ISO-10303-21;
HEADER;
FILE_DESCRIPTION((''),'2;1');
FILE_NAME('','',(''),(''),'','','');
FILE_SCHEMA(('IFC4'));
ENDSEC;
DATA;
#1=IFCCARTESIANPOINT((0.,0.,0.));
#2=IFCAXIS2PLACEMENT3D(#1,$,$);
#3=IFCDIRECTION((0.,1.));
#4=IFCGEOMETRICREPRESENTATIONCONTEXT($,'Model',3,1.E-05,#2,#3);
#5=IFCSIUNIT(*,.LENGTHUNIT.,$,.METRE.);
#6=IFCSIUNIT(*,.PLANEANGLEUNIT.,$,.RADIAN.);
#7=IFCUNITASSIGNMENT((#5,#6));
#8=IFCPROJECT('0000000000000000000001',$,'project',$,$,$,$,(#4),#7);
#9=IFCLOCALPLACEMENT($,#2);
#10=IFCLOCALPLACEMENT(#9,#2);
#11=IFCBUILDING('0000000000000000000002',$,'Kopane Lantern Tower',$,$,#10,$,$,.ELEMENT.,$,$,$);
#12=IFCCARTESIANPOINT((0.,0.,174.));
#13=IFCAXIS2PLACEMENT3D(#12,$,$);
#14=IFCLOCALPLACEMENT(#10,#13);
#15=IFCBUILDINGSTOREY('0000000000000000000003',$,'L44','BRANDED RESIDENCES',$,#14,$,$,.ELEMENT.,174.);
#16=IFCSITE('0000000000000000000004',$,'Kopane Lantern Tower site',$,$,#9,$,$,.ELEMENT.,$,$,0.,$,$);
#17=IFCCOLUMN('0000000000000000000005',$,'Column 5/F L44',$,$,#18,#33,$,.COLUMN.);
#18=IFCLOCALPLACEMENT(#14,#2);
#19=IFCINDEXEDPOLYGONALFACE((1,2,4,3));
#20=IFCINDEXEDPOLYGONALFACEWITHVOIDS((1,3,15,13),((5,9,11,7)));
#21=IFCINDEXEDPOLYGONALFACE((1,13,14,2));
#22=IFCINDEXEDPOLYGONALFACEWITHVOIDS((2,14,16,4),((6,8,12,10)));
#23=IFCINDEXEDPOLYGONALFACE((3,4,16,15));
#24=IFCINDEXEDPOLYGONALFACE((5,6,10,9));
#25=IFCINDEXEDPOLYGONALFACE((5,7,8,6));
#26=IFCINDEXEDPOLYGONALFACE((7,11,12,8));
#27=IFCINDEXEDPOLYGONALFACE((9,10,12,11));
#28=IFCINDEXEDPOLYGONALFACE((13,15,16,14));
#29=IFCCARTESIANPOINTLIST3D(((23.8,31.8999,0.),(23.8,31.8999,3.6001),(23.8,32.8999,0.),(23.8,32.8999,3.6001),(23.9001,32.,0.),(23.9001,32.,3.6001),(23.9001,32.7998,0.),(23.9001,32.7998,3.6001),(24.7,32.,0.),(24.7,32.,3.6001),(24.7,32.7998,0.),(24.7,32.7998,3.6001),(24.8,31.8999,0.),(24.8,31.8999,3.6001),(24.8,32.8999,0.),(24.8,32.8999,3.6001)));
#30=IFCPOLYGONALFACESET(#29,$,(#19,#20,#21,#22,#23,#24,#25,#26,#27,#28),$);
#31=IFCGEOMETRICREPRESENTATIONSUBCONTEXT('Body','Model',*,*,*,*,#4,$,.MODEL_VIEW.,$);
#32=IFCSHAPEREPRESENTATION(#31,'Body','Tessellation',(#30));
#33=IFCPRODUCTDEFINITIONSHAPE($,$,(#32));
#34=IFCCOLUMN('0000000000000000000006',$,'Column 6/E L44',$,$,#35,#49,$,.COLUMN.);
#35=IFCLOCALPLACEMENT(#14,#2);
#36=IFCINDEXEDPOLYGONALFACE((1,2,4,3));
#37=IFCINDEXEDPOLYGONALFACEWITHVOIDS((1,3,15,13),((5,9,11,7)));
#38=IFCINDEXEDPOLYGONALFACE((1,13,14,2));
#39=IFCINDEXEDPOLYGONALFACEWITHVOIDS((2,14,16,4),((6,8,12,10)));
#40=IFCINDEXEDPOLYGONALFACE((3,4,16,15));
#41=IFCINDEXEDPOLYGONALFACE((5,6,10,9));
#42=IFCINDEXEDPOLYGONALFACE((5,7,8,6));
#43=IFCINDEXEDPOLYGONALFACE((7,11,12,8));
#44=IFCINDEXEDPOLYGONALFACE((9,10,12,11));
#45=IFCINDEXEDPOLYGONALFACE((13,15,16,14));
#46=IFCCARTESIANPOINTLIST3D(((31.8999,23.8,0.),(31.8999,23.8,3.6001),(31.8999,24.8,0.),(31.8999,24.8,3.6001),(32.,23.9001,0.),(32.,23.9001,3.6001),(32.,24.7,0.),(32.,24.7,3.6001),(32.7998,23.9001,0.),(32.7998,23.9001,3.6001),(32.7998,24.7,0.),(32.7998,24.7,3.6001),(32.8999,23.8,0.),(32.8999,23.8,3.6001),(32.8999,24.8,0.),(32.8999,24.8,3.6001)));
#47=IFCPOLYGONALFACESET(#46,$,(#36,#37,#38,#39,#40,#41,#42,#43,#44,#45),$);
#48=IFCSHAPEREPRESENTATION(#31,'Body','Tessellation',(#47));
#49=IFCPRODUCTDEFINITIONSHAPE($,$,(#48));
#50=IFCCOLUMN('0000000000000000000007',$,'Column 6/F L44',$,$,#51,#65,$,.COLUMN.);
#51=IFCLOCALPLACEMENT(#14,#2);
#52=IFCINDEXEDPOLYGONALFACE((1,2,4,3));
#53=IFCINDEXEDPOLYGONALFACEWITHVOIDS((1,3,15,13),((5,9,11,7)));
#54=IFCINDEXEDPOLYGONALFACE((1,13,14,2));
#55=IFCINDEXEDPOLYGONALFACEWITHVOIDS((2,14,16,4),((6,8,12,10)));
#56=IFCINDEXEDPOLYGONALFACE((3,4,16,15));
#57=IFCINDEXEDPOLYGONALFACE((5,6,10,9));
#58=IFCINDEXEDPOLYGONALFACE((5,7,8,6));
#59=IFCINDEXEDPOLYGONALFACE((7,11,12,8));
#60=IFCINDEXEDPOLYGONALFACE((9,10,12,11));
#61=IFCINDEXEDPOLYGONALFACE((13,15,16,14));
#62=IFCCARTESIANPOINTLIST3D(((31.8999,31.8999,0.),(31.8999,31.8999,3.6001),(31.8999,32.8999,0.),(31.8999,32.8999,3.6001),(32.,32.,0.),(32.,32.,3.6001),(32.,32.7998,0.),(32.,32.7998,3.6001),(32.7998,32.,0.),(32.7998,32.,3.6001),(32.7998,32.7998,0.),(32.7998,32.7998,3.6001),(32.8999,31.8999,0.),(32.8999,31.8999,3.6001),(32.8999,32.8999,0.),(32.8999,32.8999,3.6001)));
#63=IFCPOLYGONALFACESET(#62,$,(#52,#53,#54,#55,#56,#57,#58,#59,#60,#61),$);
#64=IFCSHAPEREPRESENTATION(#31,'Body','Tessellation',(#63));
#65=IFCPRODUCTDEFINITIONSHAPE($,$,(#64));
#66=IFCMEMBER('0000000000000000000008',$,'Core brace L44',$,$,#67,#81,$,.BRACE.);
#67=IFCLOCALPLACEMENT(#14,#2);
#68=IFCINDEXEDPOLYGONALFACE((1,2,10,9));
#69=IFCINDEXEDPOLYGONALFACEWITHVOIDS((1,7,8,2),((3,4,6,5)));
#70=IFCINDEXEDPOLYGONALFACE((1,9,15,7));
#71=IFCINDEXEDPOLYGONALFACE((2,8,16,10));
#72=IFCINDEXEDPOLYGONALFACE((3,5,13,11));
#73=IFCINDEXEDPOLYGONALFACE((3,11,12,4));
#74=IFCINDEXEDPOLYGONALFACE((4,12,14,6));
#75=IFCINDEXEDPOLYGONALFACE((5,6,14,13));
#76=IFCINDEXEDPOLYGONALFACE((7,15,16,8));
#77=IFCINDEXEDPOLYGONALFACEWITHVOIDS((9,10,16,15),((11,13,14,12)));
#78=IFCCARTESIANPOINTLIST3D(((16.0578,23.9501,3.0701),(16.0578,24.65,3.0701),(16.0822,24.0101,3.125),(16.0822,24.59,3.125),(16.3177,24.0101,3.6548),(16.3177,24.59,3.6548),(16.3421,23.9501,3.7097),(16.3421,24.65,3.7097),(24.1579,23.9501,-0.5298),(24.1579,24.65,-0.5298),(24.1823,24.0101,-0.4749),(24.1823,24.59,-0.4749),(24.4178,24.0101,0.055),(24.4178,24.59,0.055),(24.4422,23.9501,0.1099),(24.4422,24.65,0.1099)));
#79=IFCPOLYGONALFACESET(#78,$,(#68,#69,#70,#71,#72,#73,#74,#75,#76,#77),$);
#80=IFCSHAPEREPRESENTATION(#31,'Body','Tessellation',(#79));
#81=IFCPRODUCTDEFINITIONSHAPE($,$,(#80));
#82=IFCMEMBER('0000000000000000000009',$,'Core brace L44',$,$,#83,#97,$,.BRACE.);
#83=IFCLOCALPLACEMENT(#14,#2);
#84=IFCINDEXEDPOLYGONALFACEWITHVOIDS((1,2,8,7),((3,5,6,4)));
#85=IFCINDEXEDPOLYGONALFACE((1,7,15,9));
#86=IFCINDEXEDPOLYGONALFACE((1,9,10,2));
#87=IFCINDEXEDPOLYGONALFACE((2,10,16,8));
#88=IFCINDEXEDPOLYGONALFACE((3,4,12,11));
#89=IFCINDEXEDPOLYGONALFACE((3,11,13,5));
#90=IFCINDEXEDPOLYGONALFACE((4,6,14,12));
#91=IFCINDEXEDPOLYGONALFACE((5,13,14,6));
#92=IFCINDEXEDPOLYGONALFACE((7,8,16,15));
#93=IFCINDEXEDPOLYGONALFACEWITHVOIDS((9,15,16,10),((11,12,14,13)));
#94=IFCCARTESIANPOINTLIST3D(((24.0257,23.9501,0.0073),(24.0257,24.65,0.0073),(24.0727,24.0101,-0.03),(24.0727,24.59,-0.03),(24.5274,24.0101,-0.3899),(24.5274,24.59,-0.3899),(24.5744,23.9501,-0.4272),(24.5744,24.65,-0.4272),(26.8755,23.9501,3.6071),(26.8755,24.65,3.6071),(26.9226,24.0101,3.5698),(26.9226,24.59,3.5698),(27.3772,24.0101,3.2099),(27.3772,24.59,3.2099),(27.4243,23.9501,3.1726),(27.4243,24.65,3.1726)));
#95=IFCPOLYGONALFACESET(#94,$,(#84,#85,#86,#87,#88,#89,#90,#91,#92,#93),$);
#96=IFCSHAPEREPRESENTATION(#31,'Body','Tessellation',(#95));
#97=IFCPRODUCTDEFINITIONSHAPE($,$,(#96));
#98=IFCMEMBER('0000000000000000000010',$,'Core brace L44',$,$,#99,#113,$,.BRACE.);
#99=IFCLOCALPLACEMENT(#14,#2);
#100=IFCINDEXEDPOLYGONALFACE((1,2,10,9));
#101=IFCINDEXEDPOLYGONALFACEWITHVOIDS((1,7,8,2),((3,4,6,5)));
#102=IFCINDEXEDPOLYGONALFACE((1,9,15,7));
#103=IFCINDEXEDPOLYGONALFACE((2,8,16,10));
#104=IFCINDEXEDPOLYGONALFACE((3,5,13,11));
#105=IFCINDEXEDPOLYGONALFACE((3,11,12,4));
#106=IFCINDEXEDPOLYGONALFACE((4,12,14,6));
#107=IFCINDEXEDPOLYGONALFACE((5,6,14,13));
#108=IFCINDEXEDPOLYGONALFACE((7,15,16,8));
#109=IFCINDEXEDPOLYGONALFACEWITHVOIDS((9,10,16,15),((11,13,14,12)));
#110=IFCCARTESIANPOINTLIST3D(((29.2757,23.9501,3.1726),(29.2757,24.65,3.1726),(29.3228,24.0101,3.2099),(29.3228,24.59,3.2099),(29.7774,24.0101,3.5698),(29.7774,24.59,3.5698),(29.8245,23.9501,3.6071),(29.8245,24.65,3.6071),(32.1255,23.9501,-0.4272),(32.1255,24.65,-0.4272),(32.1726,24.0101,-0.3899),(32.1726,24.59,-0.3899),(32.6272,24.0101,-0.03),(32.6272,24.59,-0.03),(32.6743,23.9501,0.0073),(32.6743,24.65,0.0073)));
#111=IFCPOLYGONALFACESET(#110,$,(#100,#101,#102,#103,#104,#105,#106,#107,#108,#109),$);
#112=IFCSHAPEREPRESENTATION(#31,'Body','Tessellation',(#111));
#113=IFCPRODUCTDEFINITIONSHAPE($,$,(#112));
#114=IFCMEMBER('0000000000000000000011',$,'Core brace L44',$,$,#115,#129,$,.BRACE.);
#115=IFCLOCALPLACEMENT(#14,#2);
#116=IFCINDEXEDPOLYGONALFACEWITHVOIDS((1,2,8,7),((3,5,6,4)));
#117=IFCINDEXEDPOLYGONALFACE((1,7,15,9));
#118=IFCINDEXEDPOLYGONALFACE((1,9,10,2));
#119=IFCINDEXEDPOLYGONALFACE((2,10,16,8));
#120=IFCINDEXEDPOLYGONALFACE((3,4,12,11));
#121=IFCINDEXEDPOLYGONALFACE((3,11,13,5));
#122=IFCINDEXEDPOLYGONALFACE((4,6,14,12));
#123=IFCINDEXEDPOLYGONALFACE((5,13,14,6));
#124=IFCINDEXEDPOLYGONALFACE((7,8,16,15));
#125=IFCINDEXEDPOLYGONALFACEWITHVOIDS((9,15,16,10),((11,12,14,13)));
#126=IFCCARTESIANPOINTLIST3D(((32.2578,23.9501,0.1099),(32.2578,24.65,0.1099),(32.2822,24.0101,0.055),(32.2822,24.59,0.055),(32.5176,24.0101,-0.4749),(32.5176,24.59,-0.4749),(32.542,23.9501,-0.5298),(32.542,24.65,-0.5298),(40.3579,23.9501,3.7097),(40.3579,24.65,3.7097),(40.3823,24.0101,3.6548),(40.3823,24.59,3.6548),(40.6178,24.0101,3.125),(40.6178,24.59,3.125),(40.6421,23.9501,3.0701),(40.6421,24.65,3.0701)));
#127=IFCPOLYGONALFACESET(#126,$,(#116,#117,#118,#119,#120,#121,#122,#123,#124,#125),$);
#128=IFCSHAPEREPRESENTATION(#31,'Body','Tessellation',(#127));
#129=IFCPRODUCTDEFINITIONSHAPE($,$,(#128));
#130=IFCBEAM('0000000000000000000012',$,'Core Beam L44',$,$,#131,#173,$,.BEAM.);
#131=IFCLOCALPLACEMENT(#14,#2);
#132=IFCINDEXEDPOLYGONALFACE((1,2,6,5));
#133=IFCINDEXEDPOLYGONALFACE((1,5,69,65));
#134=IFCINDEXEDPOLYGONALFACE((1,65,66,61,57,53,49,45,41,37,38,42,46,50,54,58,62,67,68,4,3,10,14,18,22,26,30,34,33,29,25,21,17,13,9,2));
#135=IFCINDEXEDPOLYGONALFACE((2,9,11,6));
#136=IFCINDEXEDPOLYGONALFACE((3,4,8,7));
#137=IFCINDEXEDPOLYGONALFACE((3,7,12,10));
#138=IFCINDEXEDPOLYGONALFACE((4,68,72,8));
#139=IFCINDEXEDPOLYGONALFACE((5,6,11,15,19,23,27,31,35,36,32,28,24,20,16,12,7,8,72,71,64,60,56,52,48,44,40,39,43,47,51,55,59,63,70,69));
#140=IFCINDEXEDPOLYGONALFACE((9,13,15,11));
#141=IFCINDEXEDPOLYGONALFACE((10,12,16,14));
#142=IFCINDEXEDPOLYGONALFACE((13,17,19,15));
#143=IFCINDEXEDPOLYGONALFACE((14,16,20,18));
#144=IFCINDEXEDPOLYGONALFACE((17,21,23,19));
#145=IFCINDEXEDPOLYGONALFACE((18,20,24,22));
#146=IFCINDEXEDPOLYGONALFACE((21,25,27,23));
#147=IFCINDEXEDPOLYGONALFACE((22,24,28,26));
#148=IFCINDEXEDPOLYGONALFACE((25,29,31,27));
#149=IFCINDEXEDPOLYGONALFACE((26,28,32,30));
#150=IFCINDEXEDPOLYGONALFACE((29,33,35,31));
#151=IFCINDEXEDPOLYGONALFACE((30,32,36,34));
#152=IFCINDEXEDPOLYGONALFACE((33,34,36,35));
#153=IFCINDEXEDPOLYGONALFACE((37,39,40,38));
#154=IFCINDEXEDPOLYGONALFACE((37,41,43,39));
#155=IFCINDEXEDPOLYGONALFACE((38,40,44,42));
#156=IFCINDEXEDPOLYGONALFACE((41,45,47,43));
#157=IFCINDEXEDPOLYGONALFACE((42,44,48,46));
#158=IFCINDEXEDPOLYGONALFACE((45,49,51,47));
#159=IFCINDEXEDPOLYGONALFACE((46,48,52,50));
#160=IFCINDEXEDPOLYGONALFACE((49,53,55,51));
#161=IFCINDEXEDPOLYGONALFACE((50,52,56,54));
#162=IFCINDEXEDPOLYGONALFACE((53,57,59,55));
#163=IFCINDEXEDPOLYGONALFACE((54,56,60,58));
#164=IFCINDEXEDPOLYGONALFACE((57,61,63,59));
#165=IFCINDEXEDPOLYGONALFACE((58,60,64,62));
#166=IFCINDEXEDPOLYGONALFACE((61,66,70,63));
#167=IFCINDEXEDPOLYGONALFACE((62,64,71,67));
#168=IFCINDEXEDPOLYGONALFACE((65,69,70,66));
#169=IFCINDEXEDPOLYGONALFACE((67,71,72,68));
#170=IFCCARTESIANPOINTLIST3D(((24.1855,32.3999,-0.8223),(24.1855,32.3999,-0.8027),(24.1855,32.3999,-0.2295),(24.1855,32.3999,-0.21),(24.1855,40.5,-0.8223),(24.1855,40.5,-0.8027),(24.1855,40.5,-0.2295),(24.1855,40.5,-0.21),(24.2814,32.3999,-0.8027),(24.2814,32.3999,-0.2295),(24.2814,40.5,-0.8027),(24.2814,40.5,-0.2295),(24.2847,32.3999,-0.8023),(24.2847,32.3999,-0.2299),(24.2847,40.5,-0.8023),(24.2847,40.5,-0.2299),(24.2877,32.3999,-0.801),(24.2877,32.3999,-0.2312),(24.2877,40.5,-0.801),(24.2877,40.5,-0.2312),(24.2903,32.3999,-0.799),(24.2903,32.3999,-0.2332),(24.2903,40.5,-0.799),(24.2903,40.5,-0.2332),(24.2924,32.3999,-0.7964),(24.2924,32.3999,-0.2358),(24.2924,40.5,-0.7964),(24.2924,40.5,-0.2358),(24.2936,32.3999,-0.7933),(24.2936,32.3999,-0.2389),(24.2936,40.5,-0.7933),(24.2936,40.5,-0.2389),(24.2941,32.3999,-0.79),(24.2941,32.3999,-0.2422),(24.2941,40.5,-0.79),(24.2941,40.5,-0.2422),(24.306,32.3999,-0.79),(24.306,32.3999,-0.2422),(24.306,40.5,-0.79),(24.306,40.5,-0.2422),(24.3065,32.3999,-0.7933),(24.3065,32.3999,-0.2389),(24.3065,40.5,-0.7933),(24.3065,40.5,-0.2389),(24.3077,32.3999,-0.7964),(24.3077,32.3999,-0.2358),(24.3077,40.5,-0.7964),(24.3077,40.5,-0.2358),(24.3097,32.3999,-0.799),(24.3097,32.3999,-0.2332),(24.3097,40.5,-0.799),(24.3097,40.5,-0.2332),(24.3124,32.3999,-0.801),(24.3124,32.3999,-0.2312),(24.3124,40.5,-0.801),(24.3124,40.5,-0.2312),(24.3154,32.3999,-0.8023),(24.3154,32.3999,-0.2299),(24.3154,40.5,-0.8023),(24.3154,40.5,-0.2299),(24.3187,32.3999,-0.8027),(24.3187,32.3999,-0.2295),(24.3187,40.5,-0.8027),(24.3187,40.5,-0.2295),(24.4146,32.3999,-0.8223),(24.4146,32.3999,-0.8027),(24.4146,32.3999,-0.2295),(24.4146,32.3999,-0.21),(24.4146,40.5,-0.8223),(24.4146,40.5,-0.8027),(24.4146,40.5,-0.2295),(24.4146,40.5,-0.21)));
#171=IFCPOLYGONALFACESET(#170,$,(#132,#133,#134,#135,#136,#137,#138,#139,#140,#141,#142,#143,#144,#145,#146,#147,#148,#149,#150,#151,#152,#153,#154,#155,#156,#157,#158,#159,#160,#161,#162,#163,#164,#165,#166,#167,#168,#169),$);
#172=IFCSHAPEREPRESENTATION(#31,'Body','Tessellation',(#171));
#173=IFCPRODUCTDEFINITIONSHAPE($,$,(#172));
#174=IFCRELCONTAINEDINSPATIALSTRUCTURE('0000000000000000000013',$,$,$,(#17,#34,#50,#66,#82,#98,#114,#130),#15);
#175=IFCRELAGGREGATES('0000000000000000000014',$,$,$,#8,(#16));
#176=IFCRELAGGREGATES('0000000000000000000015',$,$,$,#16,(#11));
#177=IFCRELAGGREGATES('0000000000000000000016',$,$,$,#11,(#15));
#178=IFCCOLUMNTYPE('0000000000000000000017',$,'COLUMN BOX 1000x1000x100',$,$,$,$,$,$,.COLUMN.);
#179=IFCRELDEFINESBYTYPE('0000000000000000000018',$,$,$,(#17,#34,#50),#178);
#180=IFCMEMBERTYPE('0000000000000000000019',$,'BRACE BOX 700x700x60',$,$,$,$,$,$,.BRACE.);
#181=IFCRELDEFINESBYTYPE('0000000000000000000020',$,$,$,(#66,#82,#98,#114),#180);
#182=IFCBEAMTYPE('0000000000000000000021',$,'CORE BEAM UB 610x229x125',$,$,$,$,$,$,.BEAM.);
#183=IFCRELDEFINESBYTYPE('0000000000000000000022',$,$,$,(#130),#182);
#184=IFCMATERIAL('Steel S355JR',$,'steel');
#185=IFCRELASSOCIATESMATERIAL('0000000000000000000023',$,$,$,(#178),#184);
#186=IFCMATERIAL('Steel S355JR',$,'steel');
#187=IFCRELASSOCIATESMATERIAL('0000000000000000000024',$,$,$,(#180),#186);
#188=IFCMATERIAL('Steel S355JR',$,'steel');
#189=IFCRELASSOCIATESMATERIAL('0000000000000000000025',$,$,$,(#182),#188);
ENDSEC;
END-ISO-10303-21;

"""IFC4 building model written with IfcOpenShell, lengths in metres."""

from ifc_helpers import new_model, si_unit, direction, frame, origin, origin_2d, place, context, subcontext, project, spatial, hollow_rectangle, i_section, extrude, material, material_profile, profile_set, type_object, element, save


model = new_model("IFC4")

# Units and contexts
model_context = context("Model", 3, precision=1e-05, world=origin(), true_north=direction((0.0, 1.0)))
body_context = subcontext(model_context, "Body", "Model", "MODEL_VIEW")
ifc_project = project(units=[si_unit("LENGTHUNIT", "METRE"), si_unit("PLANEANGLEUNIT", "RADIAN")], contexts=[model_context])

# Site, building, storey
site_placement = place(None, origin())
site = spatial("IfcSite", under=ifc_project, at=site_placement, Name="Kopane Lantern Tower site", CompositionType="ELEMENT", RefElevation=0.0)
building_placement = place(site_placement, origin())
building = spatial("IfcBuilding", under=site, at=building_placement, Name="Kopane Lantern Tower", CompositionType="ELEMENT")
storey_placement = place(building_placement, frame((0.0, 0.0, 174.0)))
storey = spatial("IfcBuildingStorey", under=building, at=storey_placement, Name="L44", Description="BRANDED RESIDENCES", CompositionType="ELEMENT", Elevation=174.0)

# Columns
ifc_material_1 = material(Name="Steel S355JR", Category="steel")
ifc_material_profile_1 = material_profile(ifc_material_1, hollow_rectangle(XDim=1.0, YDim=1.0, WallThickness=0.1001, at=origin_2d()), Name="BOX 1000x1000x100")
ifc_profile_set_1 = profile_set([ifc_material_profile_1], Name="Steel S355JR")
column_type = type_object("IfcColumnType", Name="COLUMN BOX 1000x1000x100", PredefinedType="COLUMN", material=ifc_profile_set_1)
for number, where, z_axis, x_axis, name in (
    (1, (24.3, 32.3999, 0.0), (0.0, 0.0, 1.0), (1.0, 0.0, 0.0), "Column 5/F L44"),
    (2, (32.3999, 24.3, 0.0), (0.0, 0.0, 1.0), (1.0, 0.0, 0.0), "Column 6/E L44"),
    (3, (32.3999, 32.3999, 0.0), (0.0, 0.0, 1.0), (1.0, 0.0, 0.0), "Column 6/F L44"),
):
    element("IfcColumn", number, at=place(storey_placement, frame(where, z_axis=z_axis, x_axis=x_axis)), inside=storey, type_object=column_type, Name=name, PredefinedType="COLUMN", context=body_context, shape_type="SweptSolid", body=[
        extrude(hollow_rectangle(XDim=1.0, YDim=1.0, WallThickness=0.1001, at=origin_2d()), origin(), (0.0, 0.0, 1.0), 3.6001),
    ])

# Members
ifc_material_2 = material(Name="Steel S355JR", Category="steel")
ifc_material_profile_2 = material_profile(ifc_material_2, hollow_rectangle(XDim=0.7, YDim=0.7, WallThickness=0.0601, at=origin_2d()), Name="BOX 700x700x60")
ifc_profile_set_2 = profile_set([ifc_material_profile_2], Name="Steel S355JR")
member_type = type_object("IfcMemberType", Name="BRACE BOX 700x700x60", PredefinedType="BRACE", material=ifc_profile_set_2)
member_1_placement = place(storey_placement, frame((24.3, 24.3, -0.21), z_axis=(-0.913819, 0.0, 0.406121), x_axis=(0.0, -1.0, 0.0)))
element("IfcMember", 4, at=member_1_placement, inside=storey, type_object=member_type, Name="Core brace L44", PredefinedType="BRACE", context=body_context, shape_type="SweptSolid", body=[
    extrude(hollow_rectangle(XDim=0.7, YDim=0.7, WallThickness=0.0601, at=origin_2d()), origin(), (0.0, 0.0, 1.0), 8.864),
])
for number, where, z_axis, x_axis, name in (
    (5, (24.3, 24.3, -0.21), (0.620699, 0.0, 0.784049), (0.0, 1.0, 0.0), "Core brace L44"),
    (6, (32.3999, 24.3, -0.21), (-0.620699, 0.0, 0.784049), (0.0, -1.0, 0.0), "Core brace L44"),
):
    element("IfcMember", number, at=place(storey_placement, frame(where, z_axis=z_axis, x_axis=x_axis)), inside=storey, type_object=member_type, Name=name, PredefinedType="BRACE", context=body_context, shape_type="SweptSolid", body=[
        extrude(hollow_rectangle(XDim=0.7, YDim=0.7, WallThickness=0.0601, at=origin_2d()), origin(), (0.0, 0.0, 1.0), 4.5913),
    ])
member_2_placement = place(storey_placement, frame((32.3999, 24.3, -0.21), z_axis=(0.913819, 0.0, 0.406121), x_axis=(0.0, 1.0, 0.0)))
element("IfcMember", 7, at=member_2_placement, inside=storey, type_object=member_type, Name="Core brace L44", PredefinedType="BRACE", context=body_context, shape_type="SweptSolid", body=[
    extrude(hollow_rectangle(XDim=0.7, YDim=0.7, WallThickness=0.0601, at=origin_2d()), origin(), (0.0, 0.0, 1.0), 8.864),
])

# Beam
ifc_material_3 = material(Name="Steel S355JR", Category="steel")
ifc_material_profile_3 = material_profile(ifc_material_3, i_section(OverallWidth=0.229, OverallDepth=0.6123, WebThickness=0.012, FlangeThickness=0.0195, FilletRadius=0.0127, at=origin_2d()), Name="UB 610x229x125")
ifc_profile_set_3 = profile_set([ifc_material_profile_3], Name="Steel S355JR")
beam_type_1 = type_object("IfcBeamType", Name="CORE BEAM UB 610x229x125", PredefinedType="BEAM", material=ifc_profile_set_3)
beam_1_placement = place(storey_placement, frame((24.3, 32.3999, -0.5161), z_axis=(0.0, 1.0, 0.0), x_axis=(-1.0, 0.0, 0.0)))
element("IfcBeam", 8, at=beam_1_placement, inside=storey, type_object=beam_type_1, Name="Core Beam L44", PredefinedType="BEAM", context=body_context, shape_type="SweptSolid", body=[
    extrude(i_section(OverallWidth=0.229, OverallDepth=0.6123, WebThickness=0.012, FlangeThickness=0.0195, FilletRadius=0.0127, at=origin_2d()), origin(), (0.0, 0.0, 1.0), 8.1001),
])

save(model, "model.ifc")
